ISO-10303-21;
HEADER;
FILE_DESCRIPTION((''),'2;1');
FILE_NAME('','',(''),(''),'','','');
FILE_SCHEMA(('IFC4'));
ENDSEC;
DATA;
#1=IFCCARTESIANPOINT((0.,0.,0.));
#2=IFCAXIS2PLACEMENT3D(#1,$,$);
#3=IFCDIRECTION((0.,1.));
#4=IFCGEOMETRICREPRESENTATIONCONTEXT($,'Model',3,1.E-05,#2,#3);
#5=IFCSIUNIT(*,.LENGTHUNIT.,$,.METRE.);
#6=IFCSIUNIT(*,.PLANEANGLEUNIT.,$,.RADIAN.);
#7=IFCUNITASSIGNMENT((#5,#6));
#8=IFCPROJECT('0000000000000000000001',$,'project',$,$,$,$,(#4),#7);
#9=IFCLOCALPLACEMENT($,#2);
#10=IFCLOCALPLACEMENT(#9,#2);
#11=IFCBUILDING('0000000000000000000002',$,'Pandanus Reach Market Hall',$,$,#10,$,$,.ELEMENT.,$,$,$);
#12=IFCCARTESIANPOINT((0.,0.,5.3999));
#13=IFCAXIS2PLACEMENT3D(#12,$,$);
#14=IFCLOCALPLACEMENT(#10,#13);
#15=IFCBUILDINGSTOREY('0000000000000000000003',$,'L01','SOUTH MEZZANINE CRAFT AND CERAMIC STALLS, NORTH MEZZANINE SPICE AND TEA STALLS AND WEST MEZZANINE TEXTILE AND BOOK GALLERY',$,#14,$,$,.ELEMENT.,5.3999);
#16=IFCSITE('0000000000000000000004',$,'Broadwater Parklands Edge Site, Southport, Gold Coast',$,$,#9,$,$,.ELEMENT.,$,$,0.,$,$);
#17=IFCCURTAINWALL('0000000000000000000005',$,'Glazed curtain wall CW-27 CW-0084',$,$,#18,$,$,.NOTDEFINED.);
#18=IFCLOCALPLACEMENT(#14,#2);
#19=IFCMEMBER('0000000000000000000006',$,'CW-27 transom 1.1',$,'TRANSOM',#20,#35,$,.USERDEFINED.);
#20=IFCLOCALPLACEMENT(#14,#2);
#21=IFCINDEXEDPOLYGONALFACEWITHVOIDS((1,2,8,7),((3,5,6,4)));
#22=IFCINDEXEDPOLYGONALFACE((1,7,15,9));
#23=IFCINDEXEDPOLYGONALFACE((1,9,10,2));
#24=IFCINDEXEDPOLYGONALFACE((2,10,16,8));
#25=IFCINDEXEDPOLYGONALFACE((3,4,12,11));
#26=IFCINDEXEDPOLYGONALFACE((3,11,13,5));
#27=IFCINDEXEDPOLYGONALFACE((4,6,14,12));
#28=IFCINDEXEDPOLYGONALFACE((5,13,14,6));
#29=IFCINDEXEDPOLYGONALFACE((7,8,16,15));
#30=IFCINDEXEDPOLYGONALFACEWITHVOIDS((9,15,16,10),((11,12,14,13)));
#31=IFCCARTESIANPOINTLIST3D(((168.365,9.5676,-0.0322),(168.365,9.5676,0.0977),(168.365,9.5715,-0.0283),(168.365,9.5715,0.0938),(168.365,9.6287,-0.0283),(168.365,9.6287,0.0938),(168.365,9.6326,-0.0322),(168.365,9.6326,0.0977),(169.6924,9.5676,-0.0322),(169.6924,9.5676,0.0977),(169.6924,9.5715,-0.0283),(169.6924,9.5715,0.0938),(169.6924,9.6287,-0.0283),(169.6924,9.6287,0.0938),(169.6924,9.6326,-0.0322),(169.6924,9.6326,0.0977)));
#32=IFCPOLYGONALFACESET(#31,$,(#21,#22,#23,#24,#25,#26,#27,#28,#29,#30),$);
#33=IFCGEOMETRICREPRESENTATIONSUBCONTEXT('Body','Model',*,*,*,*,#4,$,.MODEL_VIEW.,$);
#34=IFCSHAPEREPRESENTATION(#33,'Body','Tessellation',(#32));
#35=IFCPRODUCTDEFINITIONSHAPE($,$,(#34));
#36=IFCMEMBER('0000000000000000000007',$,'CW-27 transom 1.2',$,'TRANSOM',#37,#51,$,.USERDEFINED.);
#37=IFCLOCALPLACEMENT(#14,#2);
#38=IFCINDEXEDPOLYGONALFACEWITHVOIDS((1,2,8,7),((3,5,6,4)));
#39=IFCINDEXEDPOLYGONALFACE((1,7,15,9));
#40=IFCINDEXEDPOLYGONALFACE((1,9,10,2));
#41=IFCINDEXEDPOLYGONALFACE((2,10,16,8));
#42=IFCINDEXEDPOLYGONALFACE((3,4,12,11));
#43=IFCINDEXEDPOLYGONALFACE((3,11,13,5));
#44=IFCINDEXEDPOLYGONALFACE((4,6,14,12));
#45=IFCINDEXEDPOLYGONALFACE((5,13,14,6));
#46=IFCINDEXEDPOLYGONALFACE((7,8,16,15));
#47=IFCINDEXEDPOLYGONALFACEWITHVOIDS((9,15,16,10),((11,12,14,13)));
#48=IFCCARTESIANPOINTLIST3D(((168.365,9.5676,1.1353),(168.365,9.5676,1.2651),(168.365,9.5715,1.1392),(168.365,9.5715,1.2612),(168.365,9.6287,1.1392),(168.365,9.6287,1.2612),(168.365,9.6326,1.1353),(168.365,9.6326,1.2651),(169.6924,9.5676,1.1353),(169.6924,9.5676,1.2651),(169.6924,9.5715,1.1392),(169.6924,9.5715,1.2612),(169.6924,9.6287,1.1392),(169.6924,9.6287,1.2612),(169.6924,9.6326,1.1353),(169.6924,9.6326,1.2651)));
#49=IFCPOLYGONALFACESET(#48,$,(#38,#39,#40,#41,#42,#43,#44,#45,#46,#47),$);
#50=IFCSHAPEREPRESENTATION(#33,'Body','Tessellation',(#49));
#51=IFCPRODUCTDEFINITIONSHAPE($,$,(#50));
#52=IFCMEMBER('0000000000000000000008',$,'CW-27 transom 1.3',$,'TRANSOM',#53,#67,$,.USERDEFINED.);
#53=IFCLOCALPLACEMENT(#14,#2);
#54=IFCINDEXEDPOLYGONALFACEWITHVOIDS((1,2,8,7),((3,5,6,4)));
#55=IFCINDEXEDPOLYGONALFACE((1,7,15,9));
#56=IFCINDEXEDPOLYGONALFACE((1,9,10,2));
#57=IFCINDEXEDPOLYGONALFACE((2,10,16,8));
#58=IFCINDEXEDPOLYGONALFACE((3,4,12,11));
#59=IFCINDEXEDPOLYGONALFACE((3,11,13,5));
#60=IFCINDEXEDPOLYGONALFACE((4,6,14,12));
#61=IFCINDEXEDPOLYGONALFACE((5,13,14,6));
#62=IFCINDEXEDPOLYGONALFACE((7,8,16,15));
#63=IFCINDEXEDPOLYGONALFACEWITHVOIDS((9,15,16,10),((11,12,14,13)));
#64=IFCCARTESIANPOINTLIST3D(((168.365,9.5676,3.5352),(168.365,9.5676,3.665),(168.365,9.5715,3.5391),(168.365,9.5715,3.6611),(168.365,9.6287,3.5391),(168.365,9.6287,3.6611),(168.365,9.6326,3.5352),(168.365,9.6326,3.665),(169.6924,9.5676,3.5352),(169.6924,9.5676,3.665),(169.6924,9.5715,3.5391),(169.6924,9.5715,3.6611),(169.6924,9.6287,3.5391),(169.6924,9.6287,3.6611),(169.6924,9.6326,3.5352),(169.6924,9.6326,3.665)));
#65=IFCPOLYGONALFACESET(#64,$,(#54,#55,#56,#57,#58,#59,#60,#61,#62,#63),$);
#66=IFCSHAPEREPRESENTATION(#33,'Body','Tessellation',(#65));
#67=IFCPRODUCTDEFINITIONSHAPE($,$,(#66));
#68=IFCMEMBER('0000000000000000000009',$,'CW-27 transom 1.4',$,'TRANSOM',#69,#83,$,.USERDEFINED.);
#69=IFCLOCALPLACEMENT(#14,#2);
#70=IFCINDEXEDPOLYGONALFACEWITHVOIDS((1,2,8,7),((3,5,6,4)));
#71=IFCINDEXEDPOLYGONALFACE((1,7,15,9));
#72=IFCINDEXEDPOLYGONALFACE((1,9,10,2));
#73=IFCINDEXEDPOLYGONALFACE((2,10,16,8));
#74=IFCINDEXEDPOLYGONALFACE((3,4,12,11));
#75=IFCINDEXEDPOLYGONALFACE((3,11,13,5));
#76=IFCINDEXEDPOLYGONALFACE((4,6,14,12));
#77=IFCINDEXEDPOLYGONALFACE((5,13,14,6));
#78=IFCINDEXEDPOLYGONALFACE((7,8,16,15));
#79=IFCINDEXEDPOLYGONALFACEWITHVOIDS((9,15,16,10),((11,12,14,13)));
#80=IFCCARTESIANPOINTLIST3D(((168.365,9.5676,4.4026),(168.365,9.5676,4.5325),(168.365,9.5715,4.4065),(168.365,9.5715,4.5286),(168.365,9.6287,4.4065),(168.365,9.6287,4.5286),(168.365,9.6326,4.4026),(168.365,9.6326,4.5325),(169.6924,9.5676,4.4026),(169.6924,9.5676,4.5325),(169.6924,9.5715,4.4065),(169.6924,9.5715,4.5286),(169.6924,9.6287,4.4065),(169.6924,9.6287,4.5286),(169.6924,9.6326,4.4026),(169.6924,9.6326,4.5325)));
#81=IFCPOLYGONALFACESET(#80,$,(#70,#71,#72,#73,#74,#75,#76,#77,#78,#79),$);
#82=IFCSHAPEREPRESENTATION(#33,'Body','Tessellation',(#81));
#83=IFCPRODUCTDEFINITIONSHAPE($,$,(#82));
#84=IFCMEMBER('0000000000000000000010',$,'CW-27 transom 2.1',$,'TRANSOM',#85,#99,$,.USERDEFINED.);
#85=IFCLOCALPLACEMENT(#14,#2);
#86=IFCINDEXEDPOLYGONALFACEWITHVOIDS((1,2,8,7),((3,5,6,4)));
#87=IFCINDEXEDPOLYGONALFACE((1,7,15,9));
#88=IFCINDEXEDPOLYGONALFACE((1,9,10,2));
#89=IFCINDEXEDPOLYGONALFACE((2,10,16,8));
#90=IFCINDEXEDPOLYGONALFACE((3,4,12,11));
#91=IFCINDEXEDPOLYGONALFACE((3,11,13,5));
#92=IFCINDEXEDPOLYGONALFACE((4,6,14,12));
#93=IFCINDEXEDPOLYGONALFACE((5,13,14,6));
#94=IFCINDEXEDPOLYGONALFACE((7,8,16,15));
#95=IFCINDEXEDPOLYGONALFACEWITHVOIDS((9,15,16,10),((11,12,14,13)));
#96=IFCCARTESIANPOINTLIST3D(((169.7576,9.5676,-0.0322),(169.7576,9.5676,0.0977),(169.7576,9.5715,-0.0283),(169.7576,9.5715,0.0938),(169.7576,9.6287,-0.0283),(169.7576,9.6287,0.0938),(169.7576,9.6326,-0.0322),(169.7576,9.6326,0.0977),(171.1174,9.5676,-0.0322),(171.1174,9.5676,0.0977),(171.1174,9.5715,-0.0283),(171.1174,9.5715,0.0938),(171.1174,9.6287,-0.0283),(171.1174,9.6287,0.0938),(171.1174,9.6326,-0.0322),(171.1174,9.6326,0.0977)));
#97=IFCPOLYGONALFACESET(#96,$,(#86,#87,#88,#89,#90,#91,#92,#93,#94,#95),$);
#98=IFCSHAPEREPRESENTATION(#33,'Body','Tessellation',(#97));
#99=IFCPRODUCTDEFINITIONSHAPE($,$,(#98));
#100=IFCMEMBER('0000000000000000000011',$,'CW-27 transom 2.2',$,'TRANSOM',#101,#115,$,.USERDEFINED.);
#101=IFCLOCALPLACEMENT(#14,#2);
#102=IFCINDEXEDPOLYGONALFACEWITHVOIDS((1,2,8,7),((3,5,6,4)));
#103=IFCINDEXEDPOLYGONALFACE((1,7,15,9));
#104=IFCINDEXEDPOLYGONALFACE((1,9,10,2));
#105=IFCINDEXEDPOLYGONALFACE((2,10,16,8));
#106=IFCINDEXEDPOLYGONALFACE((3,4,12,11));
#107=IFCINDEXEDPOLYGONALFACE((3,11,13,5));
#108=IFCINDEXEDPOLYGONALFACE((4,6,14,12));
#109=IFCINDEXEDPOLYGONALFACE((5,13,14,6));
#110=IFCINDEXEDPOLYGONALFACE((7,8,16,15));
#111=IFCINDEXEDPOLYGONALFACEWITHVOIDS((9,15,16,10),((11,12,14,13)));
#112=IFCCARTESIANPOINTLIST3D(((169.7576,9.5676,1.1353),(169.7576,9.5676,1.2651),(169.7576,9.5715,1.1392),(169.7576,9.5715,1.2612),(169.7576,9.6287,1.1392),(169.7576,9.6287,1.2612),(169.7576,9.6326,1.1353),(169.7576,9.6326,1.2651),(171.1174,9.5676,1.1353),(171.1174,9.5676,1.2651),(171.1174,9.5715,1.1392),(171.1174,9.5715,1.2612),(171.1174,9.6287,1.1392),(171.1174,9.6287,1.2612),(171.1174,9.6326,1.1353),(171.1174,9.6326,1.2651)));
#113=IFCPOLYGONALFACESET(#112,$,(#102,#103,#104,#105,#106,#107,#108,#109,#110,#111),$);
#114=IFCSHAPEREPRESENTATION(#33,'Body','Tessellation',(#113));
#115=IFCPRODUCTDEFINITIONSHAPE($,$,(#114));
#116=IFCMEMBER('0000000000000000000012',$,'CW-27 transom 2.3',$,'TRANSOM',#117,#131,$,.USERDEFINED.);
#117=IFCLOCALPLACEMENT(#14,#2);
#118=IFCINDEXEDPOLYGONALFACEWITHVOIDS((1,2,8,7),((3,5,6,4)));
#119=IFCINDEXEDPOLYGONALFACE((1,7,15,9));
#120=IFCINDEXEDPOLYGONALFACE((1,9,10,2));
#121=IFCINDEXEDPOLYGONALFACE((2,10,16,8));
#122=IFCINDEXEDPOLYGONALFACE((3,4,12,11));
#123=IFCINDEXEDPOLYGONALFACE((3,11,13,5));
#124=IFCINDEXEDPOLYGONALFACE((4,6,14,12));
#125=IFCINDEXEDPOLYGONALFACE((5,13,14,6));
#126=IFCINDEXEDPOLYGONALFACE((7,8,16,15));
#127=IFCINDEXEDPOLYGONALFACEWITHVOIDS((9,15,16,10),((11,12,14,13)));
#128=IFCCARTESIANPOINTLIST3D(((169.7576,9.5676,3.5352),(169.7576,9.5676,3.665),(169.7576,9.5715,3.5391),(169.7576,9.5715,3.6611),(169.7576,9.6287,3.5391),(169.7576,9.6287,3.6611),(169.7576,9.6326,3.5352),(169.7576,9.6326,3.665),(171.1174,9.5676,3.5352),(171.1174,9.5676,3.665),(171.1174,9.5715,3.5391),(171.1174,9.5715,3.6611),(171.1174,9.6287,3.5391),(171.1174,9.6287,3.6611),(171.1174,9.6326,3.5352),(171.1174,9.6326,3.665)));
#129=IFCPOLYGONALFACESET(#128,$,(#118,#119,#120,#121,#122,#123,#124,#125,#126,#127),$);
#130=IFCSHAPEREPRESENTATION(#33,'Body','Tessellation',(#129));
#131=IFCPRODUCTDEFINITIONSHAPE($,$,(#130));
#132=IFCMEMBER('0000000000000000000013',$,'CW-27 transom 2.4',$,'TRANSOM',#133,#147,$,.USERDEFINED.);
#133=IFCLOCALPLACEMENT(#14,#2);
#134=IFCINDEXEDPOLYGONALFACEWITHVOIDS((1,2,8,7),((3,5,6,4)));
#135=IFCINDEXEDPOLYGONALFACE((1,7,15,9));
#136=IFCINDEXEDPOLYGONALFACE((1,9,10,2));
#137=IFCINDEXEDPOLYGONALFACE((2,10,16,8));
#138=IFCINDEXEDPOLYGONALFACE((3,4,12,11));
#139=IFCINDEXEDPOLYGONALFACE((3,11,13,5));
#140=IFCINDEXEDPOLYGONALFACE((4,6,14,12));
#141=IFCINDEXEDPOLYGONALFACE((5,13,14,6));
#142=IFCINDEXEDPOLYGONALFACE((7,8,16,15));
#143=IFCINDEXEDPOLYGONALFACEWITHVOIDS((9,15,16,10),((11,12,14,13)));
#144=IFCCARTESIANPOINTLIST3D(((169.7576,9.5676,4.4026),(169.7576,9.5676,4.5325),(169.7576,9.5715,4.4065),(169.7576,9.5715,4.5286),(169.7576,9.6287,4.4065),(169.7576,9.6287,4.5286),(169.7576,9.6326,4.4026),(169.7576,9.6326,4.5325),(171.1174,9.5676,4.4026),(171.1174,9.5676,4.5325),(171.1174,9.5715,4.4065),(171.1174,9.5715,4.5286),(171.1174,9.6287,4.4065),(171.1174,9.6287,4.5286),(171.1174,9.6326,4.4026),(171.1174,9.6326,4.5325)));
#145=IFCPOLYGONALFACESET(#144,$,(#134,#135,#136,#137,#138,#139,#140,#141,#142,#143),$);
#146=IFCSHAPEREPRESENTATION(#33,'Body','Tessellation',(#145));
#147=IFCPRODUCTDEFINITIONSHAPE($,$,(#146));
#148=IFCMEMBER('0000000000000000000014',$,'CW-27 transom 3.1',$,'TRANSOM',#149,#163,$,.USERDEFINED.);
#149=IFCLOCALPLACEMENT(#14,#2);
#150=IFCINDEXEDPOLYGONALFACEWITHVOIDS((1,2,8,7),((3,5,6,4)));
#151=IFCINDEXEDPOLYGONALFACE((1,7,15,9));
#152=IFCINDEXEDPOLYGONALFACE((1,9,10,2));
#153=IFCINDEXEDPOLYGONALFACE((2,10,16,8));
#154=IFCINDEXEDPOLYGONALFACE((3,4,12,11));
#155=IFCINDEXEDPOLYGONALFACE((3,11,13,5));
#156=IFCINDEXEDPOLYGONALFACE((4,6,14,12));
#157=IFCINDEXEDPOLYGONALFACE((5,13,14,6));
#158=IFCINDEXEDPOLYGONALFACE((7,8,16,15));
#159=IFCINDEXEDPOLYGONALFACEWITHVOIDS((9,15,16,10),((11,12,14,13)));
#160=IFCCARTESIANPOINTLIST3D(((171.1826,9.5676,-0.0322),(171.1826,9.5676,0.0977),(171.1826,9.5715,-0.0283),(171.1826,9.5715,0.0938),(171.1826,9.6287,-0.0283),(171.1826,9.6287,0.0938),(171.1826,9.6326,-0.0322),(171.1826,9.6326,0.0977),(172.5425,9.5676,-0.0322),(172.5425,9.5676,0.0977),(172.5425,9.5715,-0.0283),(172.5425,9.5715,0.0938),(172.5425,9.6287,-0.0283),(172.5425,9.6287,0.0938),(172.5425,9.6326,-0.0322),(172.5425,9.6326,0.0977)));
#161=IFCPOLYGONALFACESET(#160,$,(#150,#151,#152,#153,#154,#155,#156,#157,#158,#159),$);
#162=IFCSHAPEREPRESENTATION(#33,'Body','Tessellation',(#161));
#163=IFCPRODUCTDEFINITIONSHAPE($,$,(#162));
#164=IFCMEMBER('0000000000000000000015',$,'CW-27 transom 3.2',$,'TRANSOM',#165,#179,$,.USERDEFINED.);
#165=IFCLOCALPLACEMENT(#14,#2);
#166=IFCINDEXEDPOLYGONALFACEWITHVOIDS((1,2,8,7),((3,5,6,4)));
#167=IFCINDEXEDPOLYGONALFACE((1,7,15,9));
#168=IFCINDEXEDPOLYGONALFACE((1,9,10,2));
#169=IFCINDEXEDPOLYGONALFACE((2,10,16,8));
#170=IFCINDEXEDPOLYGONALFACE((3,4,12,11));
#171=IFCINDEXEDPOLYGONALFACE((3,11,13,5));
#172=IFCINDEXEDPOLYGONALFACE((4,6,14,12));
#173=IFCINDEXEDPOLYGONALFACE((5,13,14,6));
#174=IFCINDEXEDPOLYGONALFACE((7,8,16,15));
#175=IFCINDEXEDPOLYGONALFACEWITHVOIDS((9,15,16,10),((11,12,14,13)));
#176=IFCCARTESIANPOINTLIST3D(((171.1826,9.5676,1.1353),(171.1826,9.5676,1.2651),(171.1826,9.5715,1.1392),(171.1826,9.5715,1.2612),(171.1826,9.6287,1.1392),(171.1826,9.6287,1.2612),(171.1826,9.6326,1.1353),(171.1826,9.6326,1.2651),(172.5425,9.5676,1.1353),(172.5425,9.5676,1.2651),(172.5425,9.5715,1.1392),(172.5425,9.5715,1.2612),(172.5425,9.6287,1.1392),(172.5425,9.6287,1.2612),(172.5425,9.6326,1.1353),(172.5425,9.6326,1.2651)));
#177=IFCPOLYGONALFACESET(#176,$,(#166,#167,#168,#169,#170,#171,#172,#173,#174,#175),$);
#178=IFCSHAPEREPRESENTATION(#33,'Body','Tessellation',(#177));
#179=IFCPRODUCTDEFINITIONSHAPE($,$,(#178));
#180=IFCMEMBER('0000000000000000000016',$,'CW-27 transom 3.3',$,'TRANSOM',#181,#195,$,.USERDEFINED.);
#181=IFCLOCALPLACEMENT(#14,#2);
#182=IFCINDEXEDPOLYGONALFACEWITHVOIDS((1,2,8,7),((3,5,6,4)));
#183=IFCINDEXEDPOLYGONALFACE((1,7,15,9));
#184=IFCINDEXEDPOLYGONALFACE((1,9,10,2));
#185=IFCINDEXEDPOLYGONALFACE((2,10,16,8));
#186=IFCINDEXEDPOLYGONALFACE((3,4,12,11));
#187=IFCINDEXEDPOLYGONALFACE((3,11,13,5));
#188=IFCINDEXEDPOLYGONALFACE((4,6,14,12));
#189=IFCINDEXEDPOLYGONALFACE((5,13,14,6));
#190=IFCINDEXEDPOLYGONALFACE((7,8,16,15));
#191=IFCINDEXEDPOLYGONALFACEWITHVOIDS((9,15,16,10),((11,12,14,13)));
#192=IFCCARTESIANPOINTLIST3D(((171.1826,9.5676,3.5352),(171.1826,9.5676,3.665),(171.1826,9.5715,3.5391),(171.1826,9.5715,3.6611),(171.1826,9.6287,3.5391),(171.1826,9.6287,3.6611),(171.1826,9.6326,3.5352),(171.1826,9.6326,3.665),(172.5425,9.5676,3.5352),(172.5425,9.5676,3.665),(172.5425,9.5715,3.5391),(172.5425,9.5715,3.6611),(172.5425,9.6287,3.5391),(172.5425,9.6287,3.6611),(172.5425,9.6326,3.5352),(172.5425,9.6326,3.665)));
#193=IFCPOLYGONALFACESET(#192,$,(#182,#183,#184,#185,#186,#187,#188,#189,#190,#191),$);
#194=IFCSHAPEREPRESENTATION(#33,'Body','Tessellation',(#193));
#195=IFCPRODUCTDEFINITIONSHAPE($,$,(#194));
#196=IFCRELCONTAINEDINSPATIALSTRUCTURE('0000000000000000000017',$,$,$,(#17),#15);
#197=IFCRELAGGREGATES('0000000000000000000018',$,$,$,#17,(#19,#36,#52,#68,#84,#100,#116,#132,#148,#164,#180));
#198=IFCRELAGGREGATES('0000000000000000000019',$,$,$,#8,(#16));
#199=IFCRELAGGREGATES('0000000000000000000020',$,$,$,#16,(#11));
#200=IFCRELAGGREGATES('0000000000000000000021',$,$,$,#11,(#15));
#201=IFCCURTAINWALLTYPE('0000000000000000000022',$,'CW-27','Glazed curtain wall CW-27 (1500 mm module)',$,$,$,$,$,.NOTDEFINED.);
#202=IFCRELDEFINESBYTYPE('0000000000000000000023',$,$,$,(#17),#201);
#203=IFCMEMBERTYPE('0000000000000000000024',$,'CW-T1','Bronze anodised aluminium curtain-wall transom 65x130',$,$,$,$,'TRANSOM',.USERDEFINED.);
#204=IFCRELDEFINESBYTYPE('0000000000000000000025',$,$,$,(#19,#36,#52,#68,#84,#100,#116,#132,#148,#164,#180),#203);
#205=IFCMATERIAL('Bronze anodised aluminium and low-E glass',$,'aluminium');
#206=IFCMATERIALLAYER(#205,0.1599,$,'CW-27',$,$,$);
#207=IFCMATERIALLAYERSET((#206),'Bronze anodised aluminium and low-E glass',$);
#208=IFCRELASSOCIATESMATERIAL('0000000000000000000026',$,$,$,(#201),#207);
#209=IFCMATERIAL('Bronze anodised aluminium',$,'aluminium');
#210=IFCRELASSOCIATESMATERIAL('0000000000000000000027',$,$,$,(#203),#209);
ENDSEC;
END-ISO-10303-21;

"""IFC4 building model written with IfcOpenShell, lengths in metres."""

from ifc_helpers import new_model, si_unit, direction, frame, origin, origin_2d, place, context, subcontext, project, spatial, hollow_rectangle, extrude, material, layer, layer_set, material_profile, profile_set, type_object, element, aggregate, save


model = new_model("IFC4")

# Units and contexts
model_context = context("Model", 3, precision=1e-05, world=origin(), true_north=direction((0.0, 1.0)))
body_context = subcontext(model_context, "Body", "Model", "MODEL_VIEW")
ifc_project = project(units=[si_unit("LENGTHUNIT", "METRE"), si_unit("PLANEANGLEUNIT", "RADIAN")], contexts=[model_context])

# Site, building, storey
site_placement = place(None, origin())
site = spatial("IfcSite", under=ifc_project, at=site_placement, Name="Broadwater Parklands Edge Site, Southport, Gold Coast", CompositionType="ELEMENT", RefElevation=0.0)
building_placement = place(site_placement, origin())
building = spatial("IfcBuilding", under=site, at=building_placement, Name="Pandanus Reach Market Hall", CompositionType="ELEMENT")
storey_placement = place(building_placement, frame((0.0, 0.0, 5.3999)))
storey = spatial("IfcBuildingStorey", under=building, at=storey_placement, Name="L01", Description="SOUTH MEZZANINE CRAFT AND CERAMIC STALLS, NORTH MEZZANINE SPICE AND TEA STALLS AND WEST MEZZANINE TEXTILE AND BOOK GALLERY", CompositionType="ELEMENT", Elevation=5.3999)

# Shared definitions
ifc_material_1 = material(Name="Bronze anodised aluminium and low-E glass", Category="aluminium")
ifc_layer_1 = layer(ifc_material_1, 0.1599, Name="CW-27")
ifc_layer_set_1 = layer_set([ifc_layer_1], Name="Bronze anodised aluminium and low-E glass")
curtain_wall_type = type_object("IfcCurtainWallType", Name="CW-27", Description="Glazed curtain wall CW-27 (1500 mm module)", PredefinedType="NOTDEFINED", material=ifc_layer_set_1)
ifc_material_2 = material(Name="Bronze anodised aluminium", Category="aluminium")

# Curtain wall, members
curtain_wall_1_placement = place(storey_placement, origin())
curtain_wall_1 = element("IfcCurtainWall", 1, at=curtain_wall_1_placement, inside=storey, type_object=curtain_wall_type, Name="Glazed curtain wall CW-27 CW-0084", PredefinedType="NOTDEFINED")
ifc_material_profile_1 = material_profile(ifc_material_2, hollow_rectangle(XDim=0.0649, YDim=0.1299, WallThickness=0.0039, at=origin_2d()), Name="ALU65x130", Category="LoadBearing")
ifc_profile_set_1 = profile_set([ifc_material_profile_1], Name="Bronze anodised aluminium")
member_type_1 = type_object("IfcMemberType", Name="CW-T1", Description="Bronze anodised aluminium curtain-wall transom 65x130", ElementType="TRANSOM", PredefinedType="USERDEFINED", material=ifc_profile_set_1)
member_1_placement = place(storey_placement, frame((168.365, 9.6001, 0.0327), z_axis=(1.0, 0.0, 0.0), x_axis=(0.0, 1.0, 0.0)))
member_1 = element("IfcMember", 2, at=member_1_placement, type_object=member_type_1, Name="CW-27 transom 1.1", ObjectType="TRANSOM", PredefinedType="USERDEFINED", context=body_context, shape_type="SweptSolid", body=[
    extrude(hollow_rectangle(XDim=0.0649, YDim=0.1299, WallThickness=0.0039, at=origin_2d()), origin(), (0.0, 0.0, 1.0), 1.3274),
])
member_2_placement = place(storey_placement, frame((168.365, 9.6001, 1.2002), z_axis=(1.0, 0.0, 0.0), x_axis=(0.0, 1.0, 0.0)))
member_2 = element("IfcMember", 3, at=member_2_placement, type_object=member_type_1, Name="CW-27 transom 1.2", ObjectType="TRANSOM", PredefinedType="USERDEFINED", context=body_context, shape_type="SweptSolid", body=[
    extrude(hollow_rectangle(XDim=0.0649, YDim=0.1299, WallThickness=0.0039, at=origin_2d()), origin(), (0.0, 0.0, 1.0), 1.3274),
])
member_3_placement = place(storey_placement, frame((168.365, 9.6001, 3.6001), z_axis=(1.0, 0.0, 0.0), x_axis=(0.0, 1.0, 0.0)))
member_3 = element("IfcMember", 4, at=member_3_placement, type_object=member_type_1, Name="CW-27 transom 1.3", ObjectType="TRANSOM", PredefinedType="USERDEFINED", context=body_context, shape_type="SweptSolid", body=[
    extrude(hollow_rectangle(XDim=0.0649, YDim=0.1299, WallThickness=0.0039, at=origin_2d()), origin(), (0.0, 0.0, 1.0), 1.3274),
])
member_4_placement = place(storey_placement, frame((168.365, 9.6001, 4.4675), z_axis=(1.0, 0.0, 0.0), x_axis=(0.0, 1.0, 0.0)))
member_4 = element("IfcMember", 5, at=member_4_placement, type_object=member_type_1, Name="CW-27 transom 1.4", ObjectType="TRANSOM", PredefinedType="USERDEFINED", context=body_context, shape_type="SweptSolid", body=[
    extrude(hollow_rectangle(XDim=0.0649, YDim=0.1299, WallThickness=0.0039, at=origin_2d()), origin(), (0.0, 0.0, 1.0), 1.3274),
])
member_5_placement = place(storey_placement, frame((169.7576, 9.6001, 0.0327), z_axis=(1.0, 0.0, 0.0), x_axis=(0.0, 1.0, 0.0)))
member_5 = element("IfcMember", 6, at=member_5_placement, type_object=member_type_1, Name="CW-27 transom 2.1", ObjectType="TRANSOM", PredefinedType="USERDEFINED", context=body_context, shape_type="SweptSolid", body=[
    extrude(hollow_rectangle(XDim=0.0649, YDim=0.1299, WallThickness=0.0039, at=origin_2d()), origin(), (0.0, 0.0, 1.0), 1.3599),
])
member_6_placement = place(storey_placement, frame((169.7576, 9.6001, 1.2002), z_axis=(1.0, 0.0, 0.0), x_axis=(0.0, 1.0, 0.0)))
member_6 = element("IfcMember", 7, at=member_6_placement, type_object=member_type_1, Name="CW-27 transom 2.2", ObjectType="TRANSOM", PredefinedType="USERDEFINED", context=body_context, shape_type="SweptSolid", body=[
    extrude(hollow_rectangle(XDim=0.0649, YDim=0.1299, WallThickness=0.0039, at=origin_2d()), origin(), (0.0, 0.0, 1.0), 1.3599),
])
member_7_placement = place(storey_placement, frame((169.7576, 9.6001, 3.6001), z_axis=(1.0, 0.0, 0.0), x_axis=(0.0, 1.0, 0.0)))
member_7 = element("IfcMember", 8, at=member_7_placement, type_object=member_type_1, Name="CW-27 transom 2.3", ObjectType="TRANSOM", PredefinedType="USERDEFINED", context=body_context, shape_type="SweptSolid", body=[
    extrude(hollow_rectangle(XDim=0.0649, YDim=0.1299, WallThickness=0.0039, at=origin_2d()), origin(), (0.0, 0.0, 1.0), 1.3599),
])
member_8_placement = place(storey_placement, frame((169.7576, 9.6001, 4.4675), z_axis=(1.0, 0.0, 0.0), x_axis=(0.0, 1.0, 0.0)))
member_8 = element("IfcMember", 9, at=member_8_placement, type_object=member_type_1, Name="CW-27 transom 2.4", ObjectType="TRANSOM", PredefinedType="USERDEFINED", context=body_context, shape_type="SweptSolid", body=[
    extrude(hollow_rectangle(XDim=0.0649, YDim=0.1299, WallThickness=0.0039, at=origin_2d()), origin(), (0.0, 0.0, 1.0), 1.3599),
])
member_9_placement = place(storey_placement, frame((171.1826, 9.6001, 0.0327), z_axis=(1.0, 0.0, 0.0), x_axis=(0.0, 1.0, 0.0)))
member_9 = element("IfcMember", 10, at=member_9_placement, type_object=member_type_1, Name="CW-27 transom 3.1", ObjectType="TRANSOM", PredefinedType="USERDEFINED", context=body_context, shape_type="SweptSolid", body=[
    extrude(hollow_rectangle(XDim=0.0649, YDim=0.1299, WallThickness=0.0039, at=origin_2d()), origin(), (0.0, 0.0, 1.0), 1.3599),
])
member_10_placement = place(storey_placement, frame((171.1826, 9.6001, 1.2002), z_axis=(1.0, 0.0, 0.0), x_axis=(0.0, 1.0, 0.0)))
member_10 = element("IfcMember", 11, at=member_10_placement, type_object=member_type_1, Name="CW-27 transom 3.2", ObjectType="TRANSOM", PredefinedType="USERDEFINED", context=body_context, shape_type="SweptSolid", body=[
    extrude(hollow_rectangle(XDim=0.0649, YDim=0.1299, WallThickness=0.0039, at=origin_2d()), origin(), (0.0, 0.0, 1.0), 1.3599),
])
member_11_placement = place(storey_placement, frame((171.1826, 9.6001, 3.6001), z_axis=(1.0, 0.0, 0.0), x_axis=(0.0, 1.0, 0.0)))
member_11 = element("IfcMember", 12, at=member_11_placement, type_object=member_type_1, Name="CW-27 transom 3.3", ObjectType="TRANSOM", PredefinedType="USERDEFINED", context=body_context, shape_type="SweptSolid", body=[
    extrude(hollow_rectangle(XDim=0.0649, YDim=0.1299, WallThickness=0.0039, at=origin_2d()), origin(), (0.0, 0.0, 1.0), 1.3599),
])

aggregate(curtain_wall_1, [member_1, member_2, member_3, member_4, member_5, member_6, member_7, member_8, member_9, member_10, member_11])

save(model, "model.ifc")
